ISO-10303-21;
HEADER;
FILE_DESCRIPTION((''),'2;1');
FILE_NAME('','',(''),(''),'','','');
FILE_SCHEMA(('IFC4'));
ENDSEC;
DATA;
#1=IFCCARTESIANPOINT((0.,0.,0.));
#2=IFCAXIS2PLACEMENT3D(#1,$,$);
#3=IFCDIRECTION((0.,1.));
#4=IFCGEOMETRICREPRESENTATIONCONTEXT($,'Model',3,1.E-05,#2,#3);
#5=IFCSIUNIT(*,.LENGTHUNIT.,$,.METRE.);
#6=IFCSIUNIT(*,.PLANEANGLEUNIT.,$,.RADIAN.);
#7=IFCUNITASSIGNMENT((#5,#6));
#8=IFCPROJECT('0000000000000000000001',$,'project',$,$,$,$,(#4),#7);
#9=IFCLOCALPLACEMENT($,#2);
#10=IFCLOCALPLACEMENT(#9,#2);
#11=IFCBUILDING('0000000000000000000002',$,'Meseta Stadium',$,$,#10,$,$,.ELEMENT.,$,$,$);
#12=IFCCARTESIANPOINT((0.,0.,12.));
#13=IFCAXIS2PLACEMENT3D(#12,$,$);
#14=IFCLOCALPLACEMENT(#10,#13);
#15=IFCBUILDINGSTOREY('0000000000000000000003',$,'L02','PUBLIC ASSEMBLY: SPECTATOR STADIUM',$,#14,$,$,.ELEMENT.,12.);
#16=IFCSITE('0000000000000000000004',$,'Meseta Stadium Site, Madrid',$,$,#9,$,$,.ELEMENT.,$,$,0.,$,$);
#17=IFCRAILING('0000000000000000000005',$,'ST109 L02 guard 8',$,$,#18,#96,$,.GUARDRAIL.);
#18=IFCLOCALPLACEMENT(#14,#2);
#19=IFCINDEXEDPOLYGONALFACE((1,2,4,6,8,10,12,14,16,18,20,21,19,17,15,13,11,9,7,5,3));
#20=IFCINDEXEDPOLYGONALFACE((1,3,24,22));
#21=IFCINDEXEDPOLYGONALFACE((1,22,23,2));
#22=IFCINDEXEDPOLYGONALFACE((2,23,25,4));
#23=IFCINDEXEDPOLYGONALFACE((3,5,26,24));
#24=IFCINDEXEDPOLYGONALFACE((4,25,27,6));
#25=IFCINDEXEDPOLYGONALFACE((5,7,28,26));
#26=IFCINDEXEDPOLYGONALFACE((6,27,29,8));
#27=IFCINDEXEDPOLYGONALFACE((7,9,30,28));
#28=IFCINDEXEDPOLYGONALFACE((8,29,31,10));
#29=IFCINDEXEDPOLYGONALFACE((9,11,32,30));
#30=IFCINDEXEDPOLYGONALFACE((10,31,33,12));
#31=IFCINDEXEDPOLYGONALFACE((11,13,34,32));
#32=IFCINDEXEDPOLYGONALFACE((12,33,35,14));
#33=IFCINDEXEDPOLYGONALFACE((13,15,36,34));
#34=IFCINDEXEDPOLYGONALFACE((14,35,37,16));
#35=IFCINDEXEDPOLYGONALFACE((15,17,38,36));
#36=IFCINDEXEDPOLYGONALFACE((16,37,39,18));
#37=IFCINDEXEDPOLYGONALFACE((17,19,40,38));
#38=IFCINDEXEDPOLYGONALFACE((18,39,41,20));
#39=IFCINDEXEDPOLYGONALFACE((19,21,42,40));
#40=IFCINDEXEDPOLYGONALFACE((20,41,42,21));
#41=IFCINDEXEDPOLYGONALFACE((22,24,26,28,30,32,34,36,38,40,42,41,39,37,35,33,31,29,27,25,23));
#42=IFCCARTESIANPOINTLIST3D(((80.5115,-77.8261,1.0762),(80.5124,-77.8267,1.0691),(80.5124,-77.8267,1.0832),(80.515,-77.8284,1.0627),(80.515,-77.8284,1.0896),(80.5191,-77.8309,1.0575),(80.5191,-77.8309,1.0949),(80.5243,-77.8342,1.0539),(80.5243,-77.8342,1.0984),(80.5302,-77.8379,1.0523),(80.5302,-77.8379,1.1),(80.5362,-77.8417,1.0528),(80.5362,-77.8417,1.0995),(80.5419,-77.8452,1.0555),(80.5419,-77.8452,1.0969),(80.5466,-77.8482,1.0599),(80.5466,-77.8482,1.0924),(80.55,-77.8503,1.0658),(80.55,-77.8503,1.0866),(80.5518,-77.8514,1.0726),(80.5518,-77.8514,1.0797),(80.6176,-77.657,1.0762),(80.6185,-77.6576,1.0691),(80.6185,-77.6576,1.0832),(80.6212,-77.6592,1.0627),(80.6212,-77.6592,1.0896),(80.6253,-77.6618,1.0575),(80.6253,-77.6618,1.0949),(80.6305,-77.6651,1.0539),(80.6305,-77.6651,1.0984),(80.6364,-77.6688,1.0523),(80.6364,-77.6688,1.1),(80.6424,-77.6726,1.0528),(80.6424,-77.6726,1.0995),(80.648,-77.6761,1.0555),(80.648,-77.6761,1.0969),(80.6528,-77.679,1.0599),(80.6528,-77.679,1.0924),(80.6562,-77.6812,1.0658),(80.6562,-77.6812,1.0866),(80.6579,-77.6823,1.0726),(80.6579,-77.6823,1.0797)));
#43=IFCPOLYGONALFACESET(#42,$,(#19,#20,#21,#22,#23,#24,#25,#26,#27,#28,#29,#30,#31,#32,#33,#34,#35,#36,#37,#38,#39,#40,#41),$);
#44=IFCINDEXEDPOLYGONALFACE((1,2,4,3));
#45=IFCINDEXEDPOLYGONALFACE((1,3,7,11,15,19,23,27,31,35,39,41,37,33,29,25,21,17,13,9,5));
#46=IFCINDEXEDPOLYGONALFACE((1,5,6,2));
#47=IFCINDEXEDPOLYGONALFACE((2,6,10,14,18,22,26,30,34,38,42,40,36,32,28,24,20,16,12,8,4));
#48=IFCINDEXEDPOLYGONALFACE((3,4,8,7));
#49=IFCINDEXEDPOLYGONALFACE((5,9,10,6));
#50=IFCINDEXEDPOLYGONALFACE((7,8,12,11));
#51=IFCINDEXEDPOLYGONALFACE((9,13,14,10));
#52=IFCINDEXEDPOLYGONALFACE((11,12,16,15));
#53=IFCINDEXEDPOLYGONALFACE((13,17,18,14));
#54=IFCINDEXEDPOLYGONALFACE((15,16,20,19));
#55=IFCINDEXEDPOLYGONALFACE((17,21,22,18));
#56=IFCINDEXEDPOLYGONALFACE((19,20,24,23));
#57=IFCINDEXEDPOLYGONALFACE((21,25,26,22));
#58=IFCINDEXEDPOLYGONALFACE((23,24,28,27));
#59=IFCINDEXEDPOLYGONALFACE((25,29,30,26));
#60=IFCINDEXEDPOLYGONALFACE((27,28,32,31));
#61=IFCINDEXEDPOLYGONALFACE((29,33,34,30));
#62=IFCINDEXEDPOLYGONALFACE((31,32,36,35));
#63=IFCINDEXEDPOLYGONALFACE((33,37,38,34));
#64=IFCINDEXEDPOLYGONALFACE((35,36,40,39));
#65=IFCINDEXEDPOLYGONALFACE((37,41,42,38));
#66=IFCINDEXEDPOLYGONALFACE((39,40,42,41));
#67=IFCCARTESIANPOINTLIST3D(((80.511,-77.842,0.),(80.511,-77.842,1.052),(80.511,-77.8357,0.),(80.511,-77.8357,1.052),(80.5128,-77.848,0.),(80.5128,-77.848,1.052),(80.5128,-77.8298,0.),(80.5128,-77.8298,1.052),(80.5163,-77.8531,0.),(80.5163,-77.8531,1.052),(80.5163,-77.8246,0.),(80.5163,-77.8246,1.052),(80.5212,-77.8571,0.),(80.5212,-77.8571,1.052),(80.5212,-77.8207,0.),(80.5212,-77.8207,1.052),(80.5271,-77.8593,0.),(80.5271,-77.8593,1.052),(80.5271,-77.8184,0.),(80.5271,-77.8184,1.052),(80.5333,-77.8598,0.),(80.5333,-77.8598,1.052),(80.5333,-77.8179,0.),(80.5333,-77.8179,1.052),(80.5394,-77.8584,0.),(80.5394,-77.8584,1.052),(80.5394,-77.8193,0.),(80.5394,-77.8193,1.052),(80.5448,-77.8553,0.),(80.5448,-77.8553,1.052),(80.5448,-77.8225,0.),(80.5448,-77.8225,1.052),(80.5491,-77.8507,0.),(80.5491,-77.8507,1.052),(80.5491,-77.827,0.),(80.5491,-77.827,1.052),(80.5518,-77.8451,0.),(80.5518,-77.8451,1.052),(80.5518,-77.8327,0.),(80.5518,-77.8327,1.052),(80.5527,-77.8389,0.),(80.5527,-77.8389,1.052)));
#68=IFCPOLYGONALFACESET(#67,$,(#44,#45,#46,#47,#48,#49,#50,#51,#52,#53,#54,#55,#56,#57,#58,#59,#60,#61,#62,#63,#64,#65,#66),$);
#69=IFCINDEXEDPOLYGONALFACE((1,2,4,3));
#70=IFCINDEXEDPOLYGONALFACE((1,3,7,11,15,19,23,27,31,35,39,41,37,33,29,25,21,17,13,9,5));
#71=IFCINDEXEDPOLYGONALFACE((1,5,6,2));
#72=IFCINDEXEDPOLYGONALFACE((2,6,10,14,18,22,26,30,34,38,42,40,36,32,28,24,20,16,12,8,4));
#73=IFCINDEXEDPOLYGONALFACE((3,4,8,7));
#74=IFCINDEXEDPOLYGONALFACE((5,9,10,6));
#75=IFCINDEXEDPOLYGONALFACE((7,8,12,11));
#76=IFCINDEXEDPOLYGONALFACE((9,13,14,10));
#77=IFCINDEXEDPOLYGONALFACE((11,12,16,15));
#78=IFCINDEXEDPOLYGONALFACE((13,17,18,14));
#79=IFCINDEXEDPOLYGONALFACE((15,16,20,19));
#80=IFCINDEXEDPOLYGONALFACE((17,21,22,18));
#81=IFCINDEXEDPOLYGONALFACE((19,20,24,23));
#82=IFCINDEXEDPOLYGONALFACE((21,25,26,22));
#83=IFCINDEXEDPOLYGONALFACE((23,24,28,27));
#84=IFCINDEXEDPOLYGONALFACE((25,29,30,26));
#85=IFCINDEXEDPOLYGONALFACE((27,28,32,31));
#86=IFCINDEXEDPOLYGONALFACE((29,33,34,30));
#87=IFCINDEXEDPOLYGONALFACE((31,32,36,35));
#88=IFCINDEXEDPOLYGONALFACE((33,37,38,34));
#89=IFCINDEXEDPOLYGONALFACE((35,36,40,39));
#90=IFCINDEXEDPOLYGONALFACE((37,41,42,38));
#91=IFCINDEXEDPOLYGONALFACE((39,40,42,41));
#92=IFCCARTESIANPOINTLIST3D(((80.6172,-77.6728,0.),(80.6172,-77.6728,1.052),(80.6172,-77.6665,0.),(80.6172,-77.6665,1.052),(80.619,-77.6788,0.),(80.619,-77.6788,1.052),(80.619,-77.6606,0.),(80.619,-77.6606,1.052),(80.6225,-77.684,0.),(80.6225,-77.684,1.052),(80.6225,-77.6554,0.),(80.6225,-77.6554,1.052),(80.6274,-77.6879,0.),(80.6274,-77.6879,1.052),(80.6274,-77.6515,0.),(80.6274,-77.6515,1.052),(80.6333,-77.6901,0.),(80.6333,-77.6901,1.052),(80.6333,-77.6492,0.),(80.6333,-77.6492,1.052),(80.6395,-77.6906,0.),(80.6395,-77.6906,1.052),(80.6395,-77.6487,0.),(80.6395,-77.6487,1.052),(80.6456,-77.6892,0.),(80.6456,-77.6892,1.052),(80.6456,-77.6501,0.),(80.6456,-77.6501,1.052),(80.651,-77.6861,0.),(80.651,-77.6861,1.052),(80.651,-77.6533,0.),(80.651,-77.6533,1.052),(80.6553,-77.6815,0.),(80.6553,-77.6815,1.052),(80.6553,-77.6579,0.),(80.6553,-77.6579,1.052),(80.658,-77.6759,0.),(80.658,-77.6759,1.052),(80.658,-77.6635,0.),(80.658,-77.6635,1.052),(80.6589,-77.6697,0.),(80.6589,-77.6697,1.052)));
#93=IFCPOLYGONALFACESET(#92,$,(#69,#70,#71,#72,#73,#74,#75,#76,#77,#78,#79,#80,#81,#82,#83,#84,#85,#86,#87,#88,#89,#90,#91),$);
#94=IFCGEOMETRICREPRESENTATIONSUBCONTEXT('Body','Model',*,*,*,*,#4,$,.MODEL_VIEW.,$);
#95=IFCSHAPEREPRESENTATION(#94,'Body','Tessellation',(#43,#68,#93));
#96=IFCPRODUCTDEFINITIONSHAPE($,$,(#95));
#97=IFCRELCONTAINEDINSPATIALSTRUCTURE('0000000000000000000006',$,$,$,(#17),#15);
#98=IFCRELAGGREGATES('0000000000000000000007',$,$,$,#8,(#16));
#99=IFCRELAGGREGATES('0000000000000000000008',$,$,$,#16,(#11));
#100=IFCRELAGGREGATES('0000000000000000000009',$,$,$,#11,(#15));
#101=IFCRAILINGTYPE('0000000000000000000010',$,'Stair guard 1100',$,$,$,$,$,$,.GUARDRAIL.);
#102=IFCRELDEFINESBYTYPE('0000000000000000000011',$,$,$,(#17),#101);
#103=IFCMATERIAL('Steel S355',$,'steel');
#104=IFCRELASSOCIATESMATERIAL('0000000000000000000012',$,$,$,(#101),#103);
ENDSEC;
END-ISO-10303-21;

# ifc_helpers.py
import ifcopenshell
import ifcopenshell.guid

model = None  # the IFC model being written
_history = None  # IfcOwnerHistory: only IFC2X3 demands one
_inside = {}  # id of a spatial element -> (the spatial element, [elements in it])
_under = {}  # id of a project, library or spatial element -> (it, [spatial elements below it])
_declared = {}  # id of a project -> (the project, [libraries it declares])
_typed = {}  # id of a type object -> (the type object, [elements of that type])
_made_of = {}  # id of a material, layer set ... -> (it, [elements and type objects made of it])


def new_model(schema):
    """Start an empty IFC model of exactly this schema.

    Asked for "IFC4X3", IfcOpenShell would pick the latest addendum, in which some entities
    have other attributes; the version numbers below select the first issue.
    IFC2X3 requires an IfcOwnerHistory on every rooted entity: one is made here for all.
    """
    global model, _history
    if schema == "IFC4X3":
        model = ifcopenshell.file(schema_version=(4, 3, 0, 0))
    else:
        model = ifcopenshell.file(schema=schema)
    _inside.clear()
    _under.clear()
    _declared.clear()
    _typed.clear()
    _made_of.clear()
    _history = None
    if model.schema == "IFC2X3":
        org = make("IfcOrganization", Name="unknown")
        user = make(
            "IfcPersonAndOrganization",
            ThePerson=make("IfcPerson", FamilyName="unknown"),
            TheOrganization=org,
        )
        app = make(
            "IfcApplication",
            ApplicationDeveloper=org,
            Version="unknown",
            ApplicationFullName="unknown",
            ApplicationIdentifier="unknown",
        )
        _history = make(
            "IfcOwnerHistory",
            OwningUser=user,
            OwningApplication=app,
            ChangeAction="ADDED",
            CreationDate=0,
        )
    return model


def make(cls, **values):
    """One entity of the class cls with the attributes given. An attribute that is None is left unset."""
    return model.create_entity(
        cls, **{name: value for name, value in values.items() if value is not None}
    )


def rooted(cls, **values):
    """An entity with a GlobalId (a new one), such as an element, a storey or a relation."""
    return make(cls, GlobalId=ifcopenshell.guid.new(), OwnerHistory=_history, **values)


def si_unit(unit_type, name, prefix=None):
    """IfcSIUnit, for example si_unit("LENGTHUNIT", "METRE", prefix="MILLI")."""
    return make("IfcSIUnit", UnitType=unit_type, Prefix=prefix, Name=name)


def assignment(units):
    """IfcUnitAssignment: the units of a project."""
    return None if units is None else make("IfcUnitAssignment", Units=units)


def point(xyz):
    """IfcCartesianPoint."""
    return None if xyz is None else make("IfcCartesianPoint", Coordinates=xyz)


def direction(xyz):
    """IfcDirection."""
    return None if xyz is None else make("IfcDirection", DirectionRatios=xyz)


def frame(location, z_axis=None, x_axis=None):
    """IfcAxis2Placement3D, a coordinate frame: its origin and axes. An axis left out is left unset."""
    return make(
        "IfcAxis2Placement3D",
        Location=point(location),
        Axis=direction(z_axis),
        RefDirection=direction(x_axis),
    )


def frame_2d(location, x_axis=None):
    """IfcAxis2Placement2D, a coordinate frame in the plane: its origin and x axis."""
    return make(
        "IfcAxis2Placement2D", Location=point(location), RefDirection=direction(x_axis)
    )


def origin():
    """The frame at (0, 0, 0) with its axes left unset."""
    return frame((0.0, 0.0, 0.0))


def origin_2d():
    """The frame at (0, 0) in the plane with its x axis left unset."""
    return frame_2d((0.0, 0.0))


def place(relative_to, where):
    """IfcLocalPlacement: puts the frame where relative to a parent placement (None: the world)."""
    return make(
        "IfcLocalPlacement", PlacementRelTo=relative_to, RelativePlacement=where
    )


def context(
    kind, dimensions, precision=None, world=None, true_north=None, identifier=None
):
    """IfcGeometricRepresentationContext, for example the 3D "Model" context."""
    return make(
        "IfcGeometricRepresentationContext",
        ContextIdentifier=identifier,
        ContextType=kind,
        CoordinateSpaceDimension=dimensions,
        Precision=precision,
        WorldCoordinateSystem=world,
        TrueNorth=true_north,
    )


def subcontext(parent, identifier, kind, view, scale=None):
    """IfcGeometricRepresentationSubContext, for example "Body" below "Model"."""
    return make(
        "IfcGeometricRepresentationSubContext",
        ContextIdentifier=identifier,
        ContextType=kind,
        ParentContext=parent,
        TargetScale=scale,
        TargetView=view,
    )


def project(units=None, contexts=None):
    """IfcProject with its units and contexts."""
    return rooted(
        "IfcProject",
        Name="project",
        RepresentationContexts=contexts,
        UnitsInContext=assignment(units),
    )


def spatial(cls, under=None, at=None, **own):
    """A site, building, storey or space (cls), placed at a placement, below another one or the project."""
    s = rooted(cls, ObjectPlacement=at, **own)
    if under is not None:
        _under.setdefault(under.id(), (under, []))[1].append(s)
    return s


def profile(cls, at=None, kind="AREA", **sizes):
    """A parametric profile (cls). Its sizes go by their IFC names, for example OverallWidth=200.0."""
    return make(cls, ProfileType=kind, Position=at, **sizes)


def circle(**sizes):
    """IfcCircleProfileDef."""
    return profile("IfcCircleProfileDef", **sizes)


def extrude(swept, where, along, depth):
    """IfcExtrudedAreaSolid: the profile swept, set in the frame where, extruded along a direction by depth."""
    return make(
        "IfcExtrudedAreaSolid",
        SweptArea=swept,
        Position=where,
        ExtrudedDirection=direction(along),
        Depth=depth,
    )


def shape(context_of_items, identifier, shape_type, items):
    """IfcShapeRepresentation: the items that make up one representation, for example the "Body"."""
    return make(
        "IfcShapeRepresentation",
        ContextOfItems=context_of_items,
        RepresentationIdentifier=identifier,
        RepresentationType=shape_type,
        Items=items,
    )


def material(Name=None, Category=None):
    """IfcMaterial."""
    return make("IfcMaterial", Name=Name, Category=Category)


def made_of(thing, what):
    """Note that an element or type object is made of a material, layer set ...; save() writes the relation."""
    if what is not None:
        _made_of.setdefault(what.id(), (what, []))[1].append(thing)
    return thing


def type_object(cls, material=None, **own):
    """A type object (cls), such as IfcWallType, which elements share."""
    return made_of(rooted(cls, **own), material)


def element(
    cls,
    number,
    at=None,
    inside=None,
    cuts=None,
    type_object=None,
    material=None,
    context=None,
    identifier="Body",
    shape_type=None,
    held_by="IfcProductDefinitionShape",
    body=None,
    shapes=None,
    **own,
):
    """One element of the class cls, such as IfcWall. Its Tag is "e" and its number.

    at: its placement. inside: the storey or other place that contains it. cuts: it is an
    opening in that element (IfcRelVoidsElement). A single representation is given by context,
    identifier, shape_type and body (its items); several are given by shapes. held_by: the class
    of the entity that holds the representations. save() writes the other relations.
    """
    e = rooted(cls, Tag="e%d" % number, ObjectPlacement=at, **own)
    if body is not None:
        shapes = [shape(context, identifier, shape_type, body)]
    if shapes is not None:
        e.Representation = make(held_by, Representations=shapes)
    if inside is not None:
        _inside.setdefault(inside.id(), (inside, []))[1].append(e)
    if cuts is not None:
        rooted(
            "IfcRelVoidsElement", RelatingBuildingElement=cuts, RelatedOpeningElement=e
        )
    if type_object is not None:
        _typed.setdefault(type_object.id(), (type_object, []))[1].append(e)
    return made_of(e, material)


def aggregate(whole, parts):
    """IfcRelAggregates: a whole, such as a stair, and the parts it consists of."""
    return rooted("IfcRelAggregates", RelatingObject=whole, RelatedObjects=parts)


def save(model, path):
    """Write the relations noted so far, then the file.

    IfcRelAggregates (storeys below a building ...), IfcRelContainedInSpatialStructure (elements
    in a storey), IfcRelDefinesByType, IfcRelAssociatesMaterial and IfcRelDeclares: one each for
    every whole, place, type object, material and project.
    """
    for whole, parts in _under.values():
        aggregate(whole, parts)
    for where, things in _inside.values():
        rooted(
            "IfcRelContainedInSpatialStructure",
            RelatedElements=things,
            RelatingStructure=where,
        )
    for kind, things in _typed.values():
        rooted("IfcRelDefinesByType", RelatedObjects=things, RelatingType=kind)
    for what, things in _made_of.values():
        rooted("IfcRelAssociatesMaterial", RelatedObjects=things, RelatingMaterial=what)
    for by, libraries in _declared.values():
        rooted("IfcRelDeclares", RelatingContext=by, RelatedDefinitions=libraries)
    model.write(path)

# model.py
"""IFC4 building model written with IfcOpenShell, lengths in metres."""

from ifc_helpers import new_model, si_unit, direction, frame, origin, origin_2d, place, context, subcontext, project, spatial, circle, extrude, material, type_object, element, save


model = new_model("IFC4")

# Units and contexts
model_context = context("Model", 3, precision=1e-05, world=origin(), true_north=direction((0.0, 1.0)))
body_context = subcontext(model_context, "Body", "Model", "MODEL_VIEW")
ifc_project = project(units=[si_unit("LENGTHUNIT", "METRE"), si_unit("PLANEANGLEUNIT", "RADIAN")], contexts=[model_context])

# Site, building, storey
site_placement = place(None, origin())
site = spatial("IfcSite", under=ifc_project, at=site_placement, Name="Meseta Stadium Site, Madrid", CompositionType="ELEMENT", RefElevation=0.0)
building_placement = place(site_placement, origin())
building = spatial("IfcBuilding", under=site, at=building_placement, Name="Meseta Stadium", CompositionType="ELEMENT")
storey_placement = place(building_placement, frame((0.0, 0.0, 12.0)))
storey = spatial("IfcBuildingStorey", under=building, at=storey_placement, Name="L02", Description="PUBLIC ASSEMBLY: SPECTATOR STADIUM", CompositionType="ELEMENT", Elevation=12.0)

# Railing
ifc_material_1 = material(Name="Steel S355", Category="steel")
railing_type_1 = type_object("IfcRailingType", Name="Stair guard 1100", PredefinedType="GUARDRAIL", material=ifc_material_1)
railing_1_placement = place(storey_placement, frame((80.5317, -77.8389, 0.0)))
element("IfcRailing", 1, at=railing_1_placement, inside=storey, type_object=railing_type_1, Name="ST109 L02 guard 8", PredefinedType="GUARDRAIL", context=body_context, shape_type="SweptSolid", body=[
    extrude(circle(Radius=0.0239, at=origin_2d()), frame((0.0, 0.0, 1.0762), z_axis=(0.531646, 0.846967, 0.0), x_axis=(-0.846967, 0.531646, 0.0)), (0.0, 0.0, 1.0), 0.1997),
    extrude(circle(Radius=0.021, at=origin_2d()), origin(), (0.0, 0.0, 1.0), 1.052),
    extrude(circle(Radius=0.021, at=origin_2d()), frame((0.1062, 0.1692, 0.0)), (0.0, 0.0, 1.0), 1.052),
])

save(model, "model.ifc")
